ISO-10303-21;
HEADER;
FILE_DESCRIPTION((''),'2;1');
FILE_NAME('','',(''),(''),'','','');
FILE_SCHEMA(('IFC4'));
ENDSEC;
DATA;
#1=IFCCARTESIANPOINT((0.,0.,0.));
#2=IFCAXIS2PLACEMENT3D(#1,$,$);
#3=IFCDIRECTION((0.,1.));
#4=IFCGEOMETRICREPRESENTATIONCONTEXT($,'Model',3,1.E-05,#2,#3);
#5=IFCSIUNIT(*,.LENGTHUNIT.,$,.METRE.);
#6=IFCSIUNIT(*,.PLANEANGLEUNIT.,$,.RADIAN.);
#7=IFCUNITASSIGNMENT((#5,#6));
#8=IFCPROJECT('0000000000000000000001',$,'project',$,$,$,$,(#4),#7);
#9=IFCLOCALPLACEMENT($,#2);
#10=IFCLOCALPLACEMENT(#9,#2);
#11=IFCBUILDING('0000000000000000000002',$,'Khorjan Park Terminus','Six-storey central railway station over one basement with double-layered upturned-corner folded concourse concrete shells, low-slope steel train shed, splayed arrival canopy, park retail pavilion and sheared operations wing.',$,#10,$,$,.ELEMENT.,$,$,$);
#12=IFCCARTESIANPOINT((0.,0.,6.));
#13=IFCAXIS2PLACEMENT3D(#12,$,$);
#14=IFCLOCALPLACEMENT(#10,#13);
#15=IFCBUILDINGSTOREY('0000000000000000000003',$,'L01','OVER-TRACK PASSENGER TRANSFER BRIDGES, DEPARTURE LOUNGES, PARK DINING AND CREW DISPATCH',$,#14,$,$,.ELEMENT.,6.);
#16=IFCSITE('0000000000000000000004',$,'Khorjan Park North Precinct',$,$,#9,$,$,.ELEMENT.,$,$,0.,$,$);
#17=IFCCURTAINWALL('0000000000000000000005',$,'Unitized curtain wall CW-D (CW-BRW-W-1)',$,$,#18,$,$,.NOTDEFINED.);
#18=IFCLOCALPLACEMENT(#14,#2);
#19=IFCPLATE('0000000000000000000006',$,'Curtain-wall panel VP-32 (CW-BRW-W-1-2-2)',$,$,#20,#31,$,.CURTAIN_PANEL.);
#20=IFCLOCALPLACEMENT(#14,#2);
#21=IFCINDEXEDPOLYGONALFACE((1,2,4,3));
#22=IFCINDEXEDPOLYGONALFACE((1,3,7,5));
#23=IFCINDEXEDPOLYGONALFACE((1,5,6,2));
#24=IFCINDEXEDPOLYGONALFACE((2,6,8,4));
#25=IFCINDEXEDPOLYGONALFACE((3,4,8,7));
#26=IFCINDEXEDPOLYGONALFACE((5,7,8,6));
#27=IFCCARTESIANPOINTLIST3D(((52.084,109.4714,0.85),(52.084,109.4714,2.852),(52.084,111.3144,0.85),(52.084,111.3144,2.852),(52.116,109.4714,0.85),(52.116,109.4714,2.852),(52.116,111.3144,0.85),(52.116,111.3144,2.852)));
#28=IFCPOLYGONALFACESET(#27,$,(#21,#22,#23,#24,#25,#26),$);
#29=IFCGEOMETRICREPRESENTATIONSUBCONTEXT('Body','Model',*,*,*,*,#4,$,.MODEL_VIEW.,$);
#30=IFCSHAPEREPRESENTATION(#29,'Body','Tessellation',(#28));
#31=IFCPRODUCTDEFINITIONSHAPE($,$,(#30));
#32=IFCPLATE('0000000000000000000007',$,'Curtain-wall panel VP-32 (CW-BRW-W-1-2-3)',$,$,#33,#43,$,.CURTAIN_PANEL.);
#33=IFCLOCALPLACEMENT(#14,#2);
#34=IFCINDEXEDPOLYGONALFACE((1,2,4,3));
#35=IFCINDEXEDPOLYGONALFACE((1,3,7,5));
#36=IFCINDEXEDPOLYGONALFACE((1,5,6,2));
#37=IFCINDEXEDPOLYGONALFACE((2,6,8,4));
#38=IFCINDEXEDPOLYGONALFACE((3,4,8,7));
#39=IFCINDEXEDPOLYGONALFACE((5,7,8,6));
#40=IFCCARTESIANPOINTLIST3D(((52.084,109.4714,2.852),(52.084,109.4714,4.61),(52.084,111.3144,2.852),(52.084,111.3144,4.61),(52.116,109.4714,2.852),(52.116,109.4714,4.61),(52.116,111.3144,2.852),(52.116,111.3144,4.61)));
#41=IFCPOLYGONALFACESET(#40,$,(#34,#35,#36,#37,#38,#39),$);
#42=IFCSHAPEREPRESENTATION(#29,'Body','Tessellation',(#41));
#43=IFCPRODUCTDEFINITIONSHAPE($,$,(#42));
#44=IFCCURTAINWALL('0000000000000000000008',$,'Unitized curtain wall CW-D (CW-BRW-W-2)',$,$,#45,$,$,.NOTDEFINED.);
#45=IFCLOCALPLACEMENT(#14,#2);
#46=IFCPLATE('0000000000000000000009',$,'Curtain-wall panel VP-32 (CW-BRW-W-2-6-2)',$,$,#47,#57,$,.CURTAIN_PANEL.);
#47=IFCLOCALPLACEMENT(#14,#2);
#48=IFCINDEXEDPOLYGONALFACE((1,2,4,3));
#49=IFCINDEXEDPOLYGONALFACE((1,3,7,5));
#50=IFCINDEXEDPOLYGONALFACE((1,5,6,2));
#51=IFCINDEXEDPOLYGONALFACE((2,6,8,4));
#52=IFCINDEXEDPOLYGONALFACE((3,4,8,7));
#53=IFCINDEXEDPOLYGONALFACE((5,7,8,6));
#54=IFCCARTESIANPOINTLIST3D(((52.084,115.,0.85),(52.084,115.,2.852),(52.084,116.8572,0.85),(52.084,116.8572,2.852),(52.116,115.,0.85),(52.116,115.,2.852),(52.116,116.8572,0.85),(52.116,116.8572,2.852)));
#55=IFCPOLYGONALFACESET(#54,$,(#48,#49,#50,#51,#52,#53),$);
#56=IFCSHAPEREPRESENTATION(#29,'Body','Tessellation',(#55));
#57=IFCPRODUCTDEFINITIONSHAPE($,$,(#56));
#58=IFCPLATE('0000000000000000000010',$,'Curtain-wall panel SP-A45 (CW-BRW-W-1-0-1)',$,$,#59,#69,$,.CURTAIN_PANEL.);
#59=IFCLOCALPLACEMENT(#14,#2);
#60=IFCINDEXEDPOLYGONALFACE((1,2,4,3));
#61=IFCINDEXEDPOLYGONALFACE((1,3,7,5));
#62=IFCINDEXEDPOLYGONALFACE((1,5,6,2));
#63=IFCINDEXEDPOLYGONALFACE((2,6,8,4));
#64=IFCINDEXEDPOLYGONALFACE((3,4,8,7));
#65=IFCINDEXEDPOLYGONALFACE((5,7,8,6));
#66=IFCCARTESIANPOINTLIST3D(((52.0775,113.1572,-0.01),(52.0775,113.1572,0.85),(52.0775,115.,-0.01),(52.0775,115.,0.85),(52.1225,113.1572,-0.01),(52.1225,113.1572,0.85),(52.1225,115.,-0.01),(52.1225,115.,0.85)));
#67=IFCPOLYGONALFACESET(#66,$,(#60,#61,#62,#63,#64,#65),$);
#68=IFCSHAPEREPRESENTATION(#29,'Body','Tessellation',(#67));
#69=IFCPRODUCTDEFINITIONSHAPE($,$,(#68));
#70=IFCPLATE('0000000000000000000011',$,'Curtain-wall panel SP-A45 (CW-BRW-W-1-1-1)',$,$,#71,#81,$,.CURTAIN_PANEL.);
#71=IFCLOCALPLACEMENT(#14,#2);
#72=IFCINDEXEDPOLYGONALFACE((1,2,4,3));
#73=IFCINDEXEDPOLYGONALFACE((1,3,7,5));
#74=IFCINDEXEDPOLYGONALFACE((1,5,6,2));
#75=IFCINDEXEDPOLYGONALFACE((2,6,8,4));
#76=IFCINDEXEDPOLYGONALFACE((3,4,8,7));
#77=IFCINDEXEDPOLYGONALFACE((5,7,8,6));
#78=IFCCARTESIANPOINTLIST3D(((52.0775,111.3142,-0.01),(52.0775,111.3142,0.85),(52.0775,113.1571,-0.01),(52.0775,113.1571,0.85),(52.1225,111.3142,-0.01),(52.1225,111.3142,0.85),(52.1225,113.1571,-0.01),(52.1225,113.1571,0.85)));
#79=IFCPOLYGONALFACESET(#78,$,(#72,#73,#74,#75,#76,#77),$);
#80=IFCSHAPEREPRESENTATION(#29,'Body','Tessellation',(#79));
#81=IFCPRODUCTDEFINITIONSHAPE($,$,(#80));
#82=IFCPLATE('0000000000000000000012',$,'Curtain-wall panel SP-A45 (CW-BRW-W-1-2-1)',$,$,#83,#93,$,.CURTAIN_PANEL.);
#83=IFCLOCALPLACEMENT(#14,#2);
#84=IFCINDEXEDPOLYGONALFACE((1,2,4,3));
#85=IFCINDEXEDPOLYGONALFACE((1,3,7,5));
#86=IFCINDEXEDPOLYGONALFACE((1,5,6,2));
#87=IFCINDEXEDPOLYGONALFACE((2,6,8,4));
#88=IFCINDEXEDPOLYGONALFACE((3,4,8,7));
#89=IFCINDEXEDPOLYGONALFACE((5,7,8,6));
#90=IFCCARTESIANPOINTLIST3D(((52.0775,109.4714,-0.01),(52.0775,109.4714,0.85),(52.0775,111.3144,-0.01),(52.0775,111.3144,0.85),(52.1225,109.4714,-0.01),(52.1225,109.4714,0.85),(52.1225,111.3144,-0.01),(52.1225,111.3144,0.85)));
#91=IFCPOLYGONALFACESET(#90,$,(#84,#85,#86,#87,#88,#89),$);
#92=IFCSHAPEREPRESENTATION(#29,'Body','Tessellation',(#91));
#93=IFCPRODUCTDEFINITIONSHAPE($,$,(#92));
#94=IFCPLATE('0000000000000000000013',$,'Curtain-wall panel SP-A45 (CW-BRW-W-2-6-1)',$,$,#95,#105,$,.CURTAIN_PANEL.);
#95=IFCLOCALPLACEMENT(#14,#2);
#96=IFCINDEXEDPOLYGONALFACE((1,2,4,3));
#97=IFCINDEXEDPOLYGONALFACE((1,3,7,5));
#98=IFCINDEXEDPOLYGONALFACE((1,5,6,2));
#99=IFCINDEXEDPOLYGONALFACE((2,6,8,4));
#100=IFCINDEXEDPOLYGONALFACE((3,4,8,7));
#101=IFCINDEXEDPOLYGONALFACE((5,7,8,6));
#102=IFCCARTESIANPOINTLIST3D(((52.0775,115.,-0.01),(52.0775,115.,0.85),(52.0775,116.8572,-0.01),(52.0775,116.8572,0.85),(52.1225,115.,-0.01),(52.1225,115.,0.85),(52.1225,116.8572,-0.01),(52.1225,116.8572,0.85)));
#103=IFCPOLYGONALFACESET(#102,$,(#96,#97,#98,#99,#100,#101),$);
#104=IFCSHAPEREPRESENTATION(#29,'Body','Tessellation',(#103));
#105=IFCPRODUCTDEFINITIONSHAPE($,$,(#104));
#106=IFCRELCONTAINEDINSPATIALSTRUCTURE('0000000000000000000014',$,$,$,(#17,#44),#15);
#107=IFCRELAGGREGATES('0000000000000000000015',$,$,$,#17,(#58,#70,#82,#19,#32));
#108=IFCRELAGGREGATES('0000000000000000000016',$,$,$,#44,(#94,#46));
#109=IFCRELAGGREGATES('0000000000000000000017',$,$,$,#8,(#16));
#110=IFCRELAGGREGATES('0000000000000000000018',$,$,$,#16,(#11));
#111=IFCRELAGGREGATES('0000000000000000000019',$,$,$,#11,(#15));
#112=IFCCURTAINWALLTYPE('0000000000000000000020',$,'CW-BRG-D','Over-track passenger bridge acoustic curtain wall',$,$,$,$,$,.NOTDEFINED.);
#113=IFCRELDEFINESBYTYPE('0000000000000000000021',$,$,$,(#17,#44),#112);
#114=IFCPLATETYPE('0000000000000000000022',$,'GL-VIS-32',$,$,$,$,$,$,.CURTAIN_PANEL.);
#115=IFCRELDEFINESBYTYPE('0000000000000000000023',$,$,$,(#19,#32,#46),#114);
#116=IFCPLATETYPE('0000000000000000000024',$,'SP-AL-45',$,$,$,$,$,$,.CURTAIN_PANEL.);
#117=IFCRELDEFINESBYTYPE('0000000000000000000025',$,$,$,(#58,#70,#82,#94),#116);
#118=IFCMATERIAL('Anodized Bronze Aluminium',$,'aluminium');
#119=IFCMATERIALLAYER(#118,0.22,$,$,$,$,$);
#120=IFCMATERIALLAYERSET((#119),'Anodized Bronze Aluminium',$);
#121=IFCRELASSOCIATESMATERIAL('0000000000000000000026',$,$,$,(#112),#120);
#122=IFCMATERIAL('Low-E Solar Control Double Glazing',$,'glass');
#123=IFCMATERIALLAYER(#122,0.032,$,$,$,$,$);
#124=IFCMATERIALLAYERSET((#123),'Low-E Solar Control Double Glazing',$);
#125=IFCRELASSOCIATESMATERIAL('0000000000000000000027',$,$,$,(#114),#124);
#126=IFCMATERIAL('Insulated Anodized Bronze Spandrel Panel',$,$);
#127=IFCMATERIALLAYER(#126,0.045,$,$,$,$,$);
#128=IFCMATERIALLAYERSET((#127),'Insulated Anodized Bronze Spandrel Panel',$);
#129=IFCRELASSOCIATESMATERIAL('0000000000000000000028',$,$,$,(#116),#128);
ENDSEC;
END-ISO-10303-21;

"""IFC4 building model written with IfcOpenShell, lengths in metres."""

from ifc_helpers import new_model, si_unit, direction, frame, origin, origin_2d, place, context, subcontext, project, spatial, rectangle, extrude, material, layer, layer_set, type_object, element, aggregate, save


model = new_model("IFC4")

# Units and contexts
model_context = context("Model", 3, precision=1e-05, world=origin(), true_north=direction((0.0, 1.0)))
body_context = subcontext(model_context, "Body", "Model", "MODEL_VIEW")
ifc_project = project(units=[si_unit("LENGTHUNIT", "METRE"), si_unit("PLANEANGLEUNIT", "RADIAN")], contexts=[model_context])

# Site, building, storey
site_placement = place(None, origin())
site = spatial("IfcSite", under=ifc_project, at=site_placement, Name="Khorjan Park North Precinct", CompositionType="ELEMENT", RefElevation=0.0)
building_placement = place(site_placement, origin())
building = spatial("IfcBuilding", under=site, at=building_placement, Name="Khorjan Park Terminus", Description="Six-storey central railway station over one basement with double-layered upturned-corner folded concourse concrete shells, low-slope steel train shed, splayed arrival canopy, park retail pavilion and sheared operations wing.", CompositionType="ELEMENT")
storey_placement = place(building_placement, frame((0.0, 0.0, 6.0)))
storey = spatial("IfcBuildingStorey", under=building, at=storey_placement, Name="L01", Description="OVER-TRACK PASSENGER TRANSFER BRIDGES, DEPARTURE LOUNGES, PARK DINING AND CREW DISPATCH", CompositionType="ELEMENT", Elevation=6.0)

# Curtain wall, plates
ifc_material_1 = material(Name="Anodized Bronze Aluminium", Category="aluminium")
ifc_layer_1 = layer(ifc_material_1, 0.22)
ifc_layer_set_1 = layer_set([ifc_layer_1], Name="Anodized Bronze Aluminium")
curtain_wall_type = type_object("IfcCurtainWallType", Name="CW-BRG-D", Description="Over-track passenger bridge acoustic curtain wall", PredefinedType="NOTDEFINED", material=ifc_layer_set_1)
curtain_wall_1_placement = place(storey_placement, origin())
curtain_wall_1 = element("IfcCurtainWall", 1, at=curtain_wall_1_placement, inside=storey, type_object=curtain_wall_type, Name="Unitized curtain wall CW-D (CW-BRW-W-1)", PredefinedType="NOTDEFINED")
ifc_material_2 = material(Name="Low-E Solar Control Double Glazing", Category="glass")
ifc_layer_2 = layer(ifc_material_2, 0.032)
ifc_layer_set_2 = layer_set([ifc_layer_2], Name="Low-E Solar Control Double Glazing")
plate_type_1 = type_object("IfcPlateType", Name="GL-VIS-32", PredefinedType="CURTAIN_PANEL", material=ifc_layer_set_2)
plate_1_placement = place(storey_placement, frame((52.1, 110.3929, 0.85), z_axis=(0.0, 0.0, 1.0), x_axis=(0.0, -1.0, 0.0)))
plate_1 = element("IfcPlate", 2, at=plate_1_placement, type_object=plate_type_1, Name="Curtain-wall panel VP-32 (CW-BRW-W-1-2-2)", PredefinedType="CURTAIN_PANEL", context=body_context, shape_type="SweptSolid", body=[
    extrude(rectangle(XDim=1.8429, YDim=0.032, at=origin_2d()), origin(), (0.0, 0.0, 1.0), 2.002),
])
plate_2_placement = place(storey_placement, frame((52.1, 110.3929, 2.852), z_axis=(0.0, 0.0, 1.0), x_axis=(0.0, -1.0, 0.0)))
plate_2 = element("IfcPlate", 3, at=plate_2_placement, type_object=plate_type_1, Name="Curtain-wall panel VP-32 (CW-BRW-W-1-2-3)", PredefinedType="CURTAIN_PANEL", context=body_context, shape_type="SweptSolid", body=[
    extrude(rectangle(XDim=1.8429, YDim=0.032, at=origin_2d()), origin(), (0.0, 0.0, 1.0), 1.758),
])

# Curtain wall, plate
curtain_wall_2_placement = place(storey_placement, origin())
curtain_wall_2 = element("IfcCurtainWall", 4, at=curtain_wall_2_placement, inside=storey, type_object=curtain_wall_type, Name="Unitized curtain wall CW-D (CW-BRW-W-2)", PredefinedType="NOTDEFINED")
plate_3_placement = place(storey_placement, frame((52.1, 115.9286, 0.85), z_axis=(0.0, 0.0, 1.0), x_axis=(0.0, -1.0, 0.0)))
plate_3 = element("IfcPlate", 5, at=plate_3_placement, type_object=plate_type_1, Name="Curtain-wall panel VP-32 (CW-BRW-W-2-6-2)", PredefinedType="CURTAIN_PANEL", context=body_context, shape_type="SweptSolid", body=[
    extrude(rectangle(XDim=1.8571, YDim=0.032, at=origin_2d()), origin(), (0.0, 0.0, 1.0), 2.002),
])

# Plates
ifc_material_3 = material(Name="Insulated Anodized Bronze Spandrel Panel")
ifc_layer_3 = layer(ifc_material_3, 0.045)
ifc_layer_set_3 = layer_set([ifc_layer_3], Name="Insulated Anodized Bronze Spandrel Panel")
plate_type_2 = type_object("IfcPlateType", Name="SP-AL-45", PredefinedType="CURTAIN_PANEL", material=ifc_layer_set_3)
plate_4_placement = place(storey_placement, frame((52.1, 114.0786, -0.01), z_axis=(0.0, 0.0, 1.0), x_axis=(0.0, -1.0, 0.0)))
plate_4 = element("IfcPlate", 6, at=plate_4_placement, type_object=plate_type_2, Name="Curtain-wall panel SP-A45 (CW-BRW-W-1-0-1)", PredefinedType="CURTAIN_PANEL", context=body_context, shape_type="SweptSolid", body=[
    extrude(rectangle(XDim=1.8429, YDim=0.045, at=origin_2d()), origin(), (0.0, 0.0, 1.0), 0.86),
])
plate_5_placement = place(storey_placement, frame((52.1, 112.2357, -0.01), z_axis=(0.0, 0.0, 1.0), x_axis=(0.0, -1.0, 0.0)))
plate_5 = element("IfcPlate", 7, at=plate_5_placement, type_object=plate_type_2, Name="Curtain-wall panel SP-A45 (CW-BRW-W-1-1-1)", PredefinedType="CURTAIN_PANEL", context=body_context, shape_type="SweptSolid", body=[
    extrude(rectangle(XDim=1.8429, YDim=0.045, at=origin_2d()), origin(), (0.0, 0.0, 1.0), 0.86),
])
plate_6_placement = place(storey_placement, frame((52.1, 110.3929, -0.01), z_axis=(0.0, 0.0, 1.0), x_axis=(0.0, -1.0, 0.0)))
plate_6 = element("IfcPlate", 8, at=plate_6_placement, type_object=plate_type_2, Name="Curtain-wall panel SP-A45 (CW-BRW-W-1-2-1)", PredefinedType="CURTAIN_PANEL", context=body_context, shape_type="SweptSolid", body=[
    extrude(rectangle(XDim=1.8429, YDim=0.045, at=origin_2d()), origin(), (0.0, 0.0, 1.0), 0.86),
])
aggregate(curtain_wall_1, [plate_4, plate_5, plate_6, plate_1, plate_2])
plate_7_placement = place(storey_placement, frame((52.1, 115.9286, -0.01), z_axis=(0.0, 0.0, 1.0), x_axis=(0.0, -1.0, 0.0)))
plate_7 = element("IfcPlate", 9, at=plate_7_placement, type_object=plate_type_2, Name="Curtain-wall panel SP-A45 (CW-BRW-W-2-6-1)", PredefinedType="CURTAIN_PANEL", context=body_context, shape_type="SweptSolid", body=[
    extrude(rectangle(XDim=1.8571, YDim=0.045, at=origin_2d()), origin(), (0.0, 0.0, 1.0), 0.86),
])
aggregate(curtain_wall_2, [plate_7, plate_3])

save(model, "model.ifc")
